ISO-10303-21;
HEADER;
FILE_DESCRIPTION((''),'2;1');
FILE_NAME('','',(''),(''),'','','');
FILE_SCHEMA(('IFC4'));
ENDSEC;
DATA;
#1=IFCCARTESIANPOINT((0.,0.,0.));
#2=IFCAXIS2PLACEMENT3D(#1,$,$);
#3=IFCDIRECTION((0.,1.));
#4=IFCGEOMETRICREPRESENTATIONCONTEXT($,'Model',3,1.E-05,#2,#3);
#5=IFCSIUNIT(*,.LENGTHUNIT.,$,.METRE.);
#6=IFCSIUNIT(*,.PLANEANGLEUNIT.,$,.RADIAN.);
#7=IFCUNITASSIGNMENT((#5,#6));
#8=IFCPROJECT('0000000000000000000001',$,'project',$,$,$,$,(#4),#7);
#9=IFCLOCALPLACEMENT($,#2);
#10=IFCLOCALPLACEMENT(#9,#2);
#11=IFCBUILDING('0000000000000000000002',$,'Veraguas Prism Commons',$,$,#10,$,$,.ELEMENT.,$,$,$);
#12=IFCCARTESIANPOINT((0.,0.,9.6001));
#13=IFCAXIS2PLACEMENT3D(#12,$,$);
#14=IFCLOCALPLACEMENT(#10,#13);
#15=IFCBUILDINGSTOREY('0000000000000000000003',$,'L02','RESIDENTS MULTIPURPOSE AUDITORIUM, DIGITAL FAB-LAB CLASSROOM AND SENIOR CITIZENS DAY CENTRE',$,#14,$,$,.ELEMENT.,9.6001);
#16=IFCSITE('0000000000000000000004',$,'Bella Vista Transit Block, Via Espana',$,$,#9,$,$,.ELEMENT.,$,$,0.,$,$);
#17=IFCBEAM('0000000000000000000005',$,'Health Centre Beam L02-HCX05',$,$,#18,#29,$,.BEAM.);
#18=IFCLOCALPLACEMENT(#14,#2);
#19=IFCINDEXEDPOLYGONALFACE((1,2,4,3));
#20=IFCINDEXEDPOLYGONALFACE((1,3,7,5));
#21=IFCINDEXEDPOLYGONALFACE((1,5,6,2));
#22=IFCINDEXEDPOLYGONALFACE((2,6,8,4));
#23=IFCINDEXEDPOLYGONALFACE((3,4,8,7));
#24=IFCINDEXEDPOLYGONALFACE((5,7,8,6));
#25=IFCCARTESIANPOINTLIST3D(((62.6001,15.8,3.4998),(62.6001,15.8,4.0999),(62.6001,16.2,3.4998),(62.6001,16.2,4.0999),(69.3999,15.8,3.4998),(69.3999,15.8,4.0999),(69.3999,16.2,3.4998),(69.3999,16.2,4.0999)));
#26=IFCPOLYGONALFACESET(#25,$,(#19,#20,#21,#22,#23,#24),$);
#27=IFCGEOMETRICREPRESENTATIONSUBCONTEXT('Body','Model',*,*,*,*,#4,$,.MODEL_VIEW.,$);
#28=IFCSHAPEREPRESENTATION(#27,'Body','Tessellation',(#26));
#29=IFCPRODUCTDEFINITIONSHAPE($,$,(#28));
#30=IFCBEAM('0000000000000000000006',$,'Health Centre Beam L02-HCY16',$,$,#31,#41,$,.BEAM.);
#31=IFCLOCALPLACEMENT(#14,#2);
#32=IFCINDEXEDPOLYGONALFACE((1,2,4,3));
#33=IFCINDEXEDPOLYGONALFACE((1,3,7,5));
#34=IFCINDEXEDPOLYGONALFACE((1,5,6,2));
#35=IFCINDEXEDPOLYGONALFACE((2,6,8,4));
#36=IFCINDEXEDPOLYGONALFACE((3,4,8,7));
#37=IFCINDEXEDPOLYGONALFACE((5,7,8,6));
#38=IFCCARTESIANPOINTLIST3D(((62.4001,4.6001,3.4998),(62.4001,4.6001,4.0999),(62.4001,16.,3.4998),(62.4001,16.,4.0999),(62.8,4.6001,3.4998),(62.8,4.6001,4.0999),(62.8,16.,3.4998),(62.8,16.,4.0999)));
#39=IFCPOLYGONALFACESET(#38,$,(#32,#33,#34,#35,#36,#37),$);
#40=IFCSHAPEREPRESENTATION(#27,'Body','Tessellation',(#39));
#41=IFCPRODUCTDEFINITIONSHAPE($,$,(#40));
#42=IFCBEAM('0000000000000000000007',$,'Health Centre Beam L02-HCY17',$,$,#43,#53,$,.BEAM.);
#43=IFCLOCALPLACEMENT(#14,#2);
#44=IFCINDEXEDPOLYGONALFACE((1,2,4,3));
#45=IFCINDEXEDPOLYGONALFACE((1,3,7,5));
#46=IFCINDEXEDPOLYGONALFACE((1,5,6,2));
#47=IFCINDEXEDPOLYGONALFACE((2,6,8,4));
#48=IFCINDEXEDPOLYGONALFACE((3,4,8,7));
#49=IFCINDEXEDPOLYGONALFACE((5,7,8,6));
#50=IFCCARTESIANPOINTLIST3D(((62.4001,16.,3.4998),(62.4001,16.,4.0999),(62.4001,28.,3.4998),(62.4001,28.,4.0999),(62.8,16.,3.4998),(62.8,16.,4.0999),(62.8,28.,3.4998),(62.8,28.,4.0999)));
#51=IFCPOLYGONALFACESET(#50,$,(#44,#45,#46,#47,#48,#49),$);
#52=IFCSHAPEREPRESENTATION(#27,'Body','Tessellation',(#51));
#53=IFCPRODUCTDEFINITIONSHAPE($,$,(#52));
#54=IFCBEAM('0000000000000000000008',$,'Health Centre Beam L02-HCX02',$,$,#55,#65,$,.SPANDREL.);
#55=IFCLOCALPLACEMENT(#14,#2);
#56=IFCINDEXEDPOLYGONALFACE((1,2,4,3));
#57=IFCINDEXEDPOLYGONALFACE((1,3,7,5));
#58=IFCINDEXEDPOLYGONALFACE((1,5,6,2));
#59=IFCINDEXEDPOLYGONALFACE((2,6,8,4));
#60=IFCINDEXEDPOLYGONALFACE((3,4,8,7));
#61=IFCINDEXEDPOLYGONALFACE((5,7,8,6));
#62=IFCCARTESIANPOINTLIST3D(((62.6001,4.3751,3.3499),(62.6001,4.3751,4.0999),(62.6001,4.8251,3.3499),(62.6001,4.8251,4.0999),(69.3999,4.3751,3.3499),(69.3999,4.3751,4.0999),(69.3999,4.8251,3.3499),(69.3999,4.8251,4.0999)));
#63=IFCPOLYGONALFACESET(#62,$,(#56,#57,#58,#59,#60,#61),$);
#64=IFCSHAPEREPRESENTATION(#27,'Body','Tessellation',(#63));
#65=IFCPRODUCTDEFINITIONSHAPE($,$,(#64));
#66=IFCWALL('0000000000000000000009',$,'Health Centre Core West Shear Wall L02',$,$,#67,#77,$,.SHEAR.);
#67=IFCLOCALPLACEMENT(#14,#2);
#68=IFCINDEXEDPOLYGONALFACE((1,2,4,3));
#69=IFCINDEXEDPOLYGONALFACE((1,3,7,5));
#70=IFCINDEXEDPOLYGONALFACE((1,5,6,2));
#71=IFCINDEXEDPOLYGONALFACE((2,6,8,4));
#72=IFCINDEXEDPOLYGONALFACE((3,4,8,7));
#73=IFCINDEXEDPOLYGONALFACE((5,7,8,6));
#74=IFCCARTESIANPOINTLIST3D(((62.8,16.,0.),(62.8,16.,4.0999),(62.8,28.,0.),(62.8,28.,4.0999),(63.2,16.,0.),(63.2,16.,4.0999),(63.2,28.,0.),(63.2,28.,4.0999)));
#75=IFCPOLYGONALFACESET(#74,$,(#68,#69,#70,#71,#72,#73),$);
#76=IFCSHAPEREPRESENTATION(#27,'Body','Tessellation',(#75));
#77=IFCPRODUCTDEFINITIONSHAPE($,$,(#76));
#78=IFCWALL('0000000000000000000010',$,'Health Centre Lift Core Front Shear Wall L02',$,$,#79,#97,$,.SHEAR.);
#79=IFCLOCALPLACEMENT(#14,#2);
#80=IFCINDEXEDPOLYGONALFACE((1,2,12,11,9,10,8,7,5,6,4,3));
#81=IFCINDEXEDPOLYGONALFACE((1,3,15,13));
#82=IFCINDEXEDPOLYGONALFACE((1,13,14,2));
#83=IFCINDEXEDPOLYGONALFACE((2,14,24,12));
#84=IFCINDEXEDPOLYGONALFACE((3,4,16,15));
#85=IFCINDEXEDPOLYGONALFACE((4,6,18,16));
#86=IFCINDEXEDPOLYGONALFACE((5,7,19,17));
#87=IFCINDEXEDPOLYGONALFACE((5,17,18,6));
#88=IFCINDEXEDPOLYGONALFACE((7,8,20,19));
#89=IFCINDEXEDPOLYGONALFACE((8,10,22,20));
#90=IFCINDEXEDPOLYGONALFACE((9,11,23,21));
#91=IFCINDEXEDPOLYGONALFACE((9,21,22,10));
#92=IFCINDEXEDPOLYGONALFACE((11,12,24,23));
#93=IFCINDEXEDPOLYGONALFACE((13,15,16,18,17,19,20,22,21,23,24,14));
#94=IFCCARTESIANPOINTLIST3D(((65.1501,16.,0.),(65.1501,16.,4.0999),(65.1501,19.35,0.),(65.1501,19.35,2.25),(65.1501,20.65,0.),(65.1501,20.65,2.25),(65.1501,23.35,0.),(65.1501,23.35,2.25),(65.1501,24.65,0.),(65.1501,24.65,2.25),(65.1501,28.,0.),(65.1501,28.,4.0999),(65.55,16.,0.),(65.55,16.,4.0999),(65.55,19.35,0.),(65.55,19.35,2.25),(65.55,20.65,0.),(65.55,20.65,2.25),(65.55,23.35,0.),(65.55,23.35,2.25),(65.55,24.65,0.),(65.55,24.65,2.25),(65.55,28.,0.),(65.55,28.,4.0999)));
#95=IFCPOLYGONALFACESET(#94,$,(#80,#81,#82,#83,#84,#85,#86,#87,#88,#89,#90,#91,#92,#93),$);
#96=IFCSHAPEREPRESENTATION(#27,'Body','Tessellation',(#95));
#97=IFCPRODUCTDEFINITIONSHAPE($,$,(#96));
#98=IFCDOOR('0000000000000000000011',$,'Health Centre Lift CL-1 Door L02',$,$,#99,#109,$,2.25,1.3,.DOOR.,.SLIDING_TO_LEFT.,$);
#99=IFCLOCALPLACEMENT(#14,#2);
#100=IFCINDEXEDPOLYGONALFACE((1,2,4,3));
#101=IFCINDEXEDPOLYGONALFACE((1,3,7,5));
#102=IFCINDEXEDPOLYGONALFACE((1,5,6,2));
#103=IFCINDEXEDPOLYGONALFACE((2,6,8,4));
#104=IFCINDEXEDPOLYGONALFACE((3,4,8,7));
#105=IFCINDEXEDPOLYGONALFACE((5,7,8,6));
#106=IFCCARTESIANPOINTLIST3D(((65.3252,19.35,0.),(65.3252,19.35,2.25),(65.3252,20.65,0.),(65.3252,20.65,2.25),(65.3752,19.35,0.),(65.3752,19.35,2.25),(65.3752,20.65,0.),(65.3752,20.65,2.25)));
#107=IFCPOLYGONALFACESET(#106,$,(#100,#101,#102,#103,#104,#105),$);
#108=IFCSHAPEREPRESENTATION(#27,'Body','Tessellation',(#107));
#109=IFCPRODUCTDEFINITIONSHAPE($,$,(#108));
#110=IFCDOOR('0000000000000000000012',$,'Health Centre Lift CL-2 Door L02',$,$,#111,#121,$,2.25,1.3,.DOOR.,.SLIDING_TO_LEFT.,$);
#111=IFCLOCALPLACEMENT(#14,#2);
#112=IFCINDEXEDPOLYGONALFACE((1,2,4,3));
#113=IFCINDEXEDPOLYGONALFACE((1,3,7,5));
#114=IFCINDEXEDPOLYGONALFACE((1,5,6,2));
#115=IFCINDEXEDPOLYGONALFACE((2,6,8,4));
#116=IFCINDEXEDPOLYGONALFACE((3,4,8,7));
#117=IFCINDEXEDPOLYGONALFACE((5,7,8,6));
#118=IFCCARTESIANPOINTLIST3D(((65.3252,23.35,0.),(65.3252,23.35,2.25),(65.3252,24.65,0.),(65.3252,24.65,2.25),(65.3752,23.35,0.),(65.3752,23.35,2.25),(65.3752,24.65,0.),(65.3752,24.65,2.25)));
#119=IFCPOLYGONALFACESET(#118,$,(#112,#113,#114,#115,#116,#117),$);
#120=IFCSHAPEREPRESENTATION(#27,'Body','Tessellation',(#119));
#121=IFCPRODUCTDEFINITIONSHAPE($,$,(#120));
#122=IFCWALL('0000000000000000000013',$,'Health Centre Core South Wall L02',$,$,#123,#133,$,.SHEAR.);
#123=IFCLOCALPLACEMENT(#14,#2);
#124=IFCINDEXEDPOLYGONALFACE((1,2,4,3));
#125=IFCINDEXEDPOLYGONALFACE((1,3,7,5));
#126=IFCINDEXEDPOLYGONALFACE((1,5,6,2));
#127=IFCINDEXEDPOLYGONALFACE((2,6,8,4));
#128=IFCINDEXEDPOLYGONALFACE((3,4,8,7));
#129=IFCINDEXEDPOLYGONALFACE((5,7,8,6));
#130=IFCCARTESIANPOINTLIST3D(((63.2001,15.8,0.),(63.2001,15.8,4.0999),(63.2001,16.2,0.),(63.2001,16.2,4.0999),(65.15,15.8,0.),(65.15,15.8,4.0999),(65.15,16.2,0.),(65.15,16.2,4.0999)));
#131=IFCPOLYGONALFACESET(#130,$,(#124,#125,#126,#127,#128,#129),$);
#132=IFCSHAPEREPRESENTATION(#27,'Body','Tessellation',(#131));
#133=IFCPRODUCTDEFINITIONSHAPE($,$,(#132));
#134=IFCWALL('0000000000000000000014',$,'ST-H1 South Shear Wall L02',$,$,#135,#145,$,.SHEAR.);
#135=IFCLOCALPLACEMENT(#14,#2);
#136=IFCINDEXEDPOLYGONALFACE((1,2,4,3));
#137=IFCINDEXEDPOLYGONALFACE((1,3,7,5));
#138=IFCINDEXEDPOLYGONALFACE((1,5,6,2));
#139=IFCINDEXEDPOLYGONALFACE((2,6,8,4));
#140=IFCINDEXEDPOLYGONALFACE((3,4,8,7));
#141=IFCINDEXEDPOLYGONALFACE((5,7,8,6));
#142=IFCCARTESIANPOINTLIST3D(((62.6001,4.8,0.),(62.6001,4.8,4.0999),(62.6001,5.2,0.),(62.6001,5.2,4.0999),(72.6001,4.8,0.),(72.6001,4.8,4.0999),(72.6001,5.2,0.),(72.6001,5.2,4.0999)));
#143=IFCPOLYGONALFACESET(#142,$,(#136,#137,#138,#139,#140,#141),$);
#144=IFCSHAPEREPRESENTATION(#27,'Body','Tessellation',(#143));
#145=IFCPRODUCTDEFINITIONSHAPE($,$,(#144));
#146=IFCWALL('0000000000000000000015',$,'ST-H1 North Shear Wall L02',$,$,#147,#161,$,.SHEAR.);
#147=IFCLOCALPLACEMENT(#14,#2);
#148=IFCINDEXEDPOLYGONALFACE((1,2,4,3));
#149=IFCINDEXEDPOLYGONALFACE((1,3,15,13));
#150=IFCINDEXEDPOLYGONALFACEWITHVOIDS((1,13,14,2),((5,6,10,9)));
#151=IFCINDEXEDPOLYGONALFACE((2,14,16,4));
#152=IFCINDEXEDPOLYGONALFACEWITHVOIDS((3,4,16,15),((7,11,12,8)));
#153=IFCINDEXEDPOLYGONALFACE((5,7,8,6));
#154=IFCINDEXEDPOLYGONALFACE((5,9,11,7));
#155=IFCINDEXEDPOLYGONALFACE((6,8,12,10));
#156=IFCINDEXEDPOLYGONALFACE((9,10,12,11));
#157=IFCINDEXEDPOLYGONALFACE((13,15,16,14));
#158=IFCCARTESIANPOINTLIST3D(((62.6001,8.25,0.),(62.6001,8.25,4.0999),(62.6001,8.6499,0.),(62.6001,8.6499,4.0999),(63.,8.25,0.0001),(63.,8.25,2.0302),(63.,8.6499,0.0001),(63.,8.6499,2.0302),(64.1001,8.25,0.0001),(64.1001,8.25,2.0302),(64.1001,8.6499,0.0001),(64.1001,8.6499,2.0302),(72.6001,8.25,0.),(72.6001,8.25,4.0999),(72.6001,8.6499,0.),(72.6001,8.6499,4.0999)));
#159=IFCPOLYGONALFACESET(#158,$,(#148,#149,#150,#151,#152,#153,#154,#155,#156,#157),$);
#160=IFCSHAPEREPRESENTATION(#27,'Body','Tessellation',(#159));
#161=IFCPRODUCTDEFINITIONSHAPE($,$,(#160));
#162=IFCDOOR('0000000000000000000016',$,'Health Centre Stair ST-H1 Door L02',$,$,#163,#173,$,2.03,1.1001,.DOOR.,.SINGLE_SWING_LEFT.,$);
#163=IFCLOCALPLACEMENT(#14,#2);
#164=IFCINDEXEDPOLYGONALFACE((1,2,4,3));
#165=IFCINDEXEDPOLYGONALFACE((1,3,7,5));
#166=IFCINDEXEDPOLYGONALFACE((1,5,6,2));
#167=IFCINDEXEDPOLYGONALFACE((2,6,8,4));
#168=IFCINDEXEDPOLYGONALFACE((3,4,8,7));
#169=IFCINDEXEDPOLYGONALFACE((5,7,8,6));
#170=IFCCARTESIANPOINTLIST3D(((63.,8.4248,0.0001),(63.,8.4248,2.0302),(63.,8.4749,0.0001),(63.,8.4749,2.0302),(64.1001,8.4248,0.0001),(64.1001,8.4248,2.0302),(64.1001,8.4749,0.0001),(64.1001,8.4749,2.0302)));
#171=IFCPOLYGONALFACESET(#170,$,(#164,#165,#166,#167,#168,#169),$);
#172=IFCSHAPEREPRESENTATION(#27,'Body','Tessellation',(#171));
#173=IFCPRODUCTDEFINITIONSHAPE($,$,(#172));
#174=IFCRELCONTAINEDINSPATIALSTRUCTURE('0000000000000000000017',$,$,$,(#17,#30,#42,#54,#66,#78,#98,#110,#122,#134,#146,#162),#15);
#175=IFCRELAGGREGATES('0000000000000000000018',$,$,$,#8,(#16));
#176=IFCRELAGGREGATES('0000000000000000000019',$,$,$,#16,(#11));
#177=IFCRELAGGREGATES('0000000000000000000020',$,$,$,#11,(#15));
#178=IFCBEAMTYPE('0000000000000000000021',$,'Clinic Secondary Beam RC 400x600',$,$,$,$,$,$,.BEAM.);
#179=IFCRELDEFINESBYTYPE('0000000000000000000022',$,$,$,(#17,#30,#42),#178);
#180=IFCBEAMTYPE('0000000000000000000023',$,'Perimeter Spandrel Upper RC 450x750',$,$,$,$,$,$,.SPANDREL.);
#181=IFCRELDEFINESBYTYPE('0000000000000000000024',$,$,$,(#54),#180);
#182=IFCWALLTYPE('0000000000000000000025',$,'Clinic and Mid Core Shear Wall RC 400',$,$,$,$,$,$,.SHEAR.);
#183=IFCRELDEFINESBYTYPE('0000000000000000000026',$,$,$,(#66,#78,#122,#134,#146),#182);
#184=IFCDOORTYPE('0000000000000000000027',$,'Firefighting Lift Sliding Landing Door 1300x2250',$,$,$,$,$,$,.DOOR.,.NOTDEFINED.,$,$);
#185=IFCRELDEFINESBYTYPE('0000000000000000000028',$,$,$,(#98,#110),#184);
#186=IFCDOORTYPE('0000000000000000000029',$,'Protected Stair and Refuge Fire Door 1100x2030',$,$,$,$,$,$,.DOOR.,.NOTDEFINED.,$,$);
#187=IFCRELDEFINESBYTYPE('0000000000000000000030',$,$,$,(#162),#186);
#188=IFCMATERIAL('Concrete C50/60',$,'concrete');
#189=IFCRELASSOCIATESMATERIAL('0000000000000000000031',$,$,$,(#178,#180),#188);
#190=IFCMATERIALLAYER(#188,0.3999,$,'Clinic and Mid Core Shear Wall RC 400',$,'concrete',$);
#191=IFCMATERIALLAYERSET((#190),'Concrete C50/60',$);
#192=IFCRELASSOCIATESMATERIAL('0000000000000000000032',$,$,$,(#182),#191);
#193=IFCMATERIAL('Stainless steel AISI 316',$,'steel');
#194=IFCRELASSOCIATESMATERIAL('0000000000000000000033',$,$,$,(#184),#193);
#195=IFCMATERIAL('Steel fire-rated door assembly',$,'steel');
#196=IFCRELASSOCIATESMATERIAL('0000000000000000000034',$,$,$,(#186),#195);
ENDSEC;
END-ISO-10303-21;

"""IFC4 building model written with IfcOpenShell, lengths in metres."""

from ifc_helpers import new_model, si_unit, direction, frame, frame_2d, origin, origin_2d, place, context, subcontext, project, spatial, rectangle, extrude, source, transform, mapped, material, layer, layer_set, material_profile, profile_set, type_object, element, fill, save


model = new_model("IFC4")

# Units and contexts
model_context = context("Model", 3, precision=1e-05, world=origin(), true_north=direction((0.0, 1.0)))
body_context = subcontext(model_context, "Body", "Model", "MODEL_VIEW")
ifc_project = project(units=[si_unit("LENGTHUNIT", "METRE"), si_unit("PLANEANGLEUNIT", "RADIAN")], contexts=[model_context])

# Site, building, storey
site_placement = place(None, origin())
site = spatial("IfcSite", under=ifc_project, at=site_placement, Name="Bella Vista Transit Block, Via Espana", CompositionType="ELEMENT", RefElevation=0.0)
building_placement = place(site_placement, origin())
building = spatial("IfcBuilding", under=site, at=building_placement, Name="Veraguas Prism Commons", CompositionType="ELEMENT")
storey_placement = place(building_placement, frame((0.0, 0.0, 9.6001)))
storey = spatial("IfcBuildingStorey", under=building, at=storey_placement, Name="L02", Description="RESIDENTS MULTIPURPOSE AUDITORIUM, DIGITAL FAB-LAB CLASSROOM AND SENIOR CITIZENS DAY CENTRE", CompositionType="ELEMENT", Elevation=9.6001)

# Beams
ifc_material_1 = material(Name="Concrete C50/60", Category="concrete")
ifc_material_profile_1 = material_profile(ifc_material_1, rectangle(XDim=0.3999, YDim=0.6001, at=origin_2d()), Name="RC400X600")
ifc_profile_set_1 = profile_set([ifc_material_profile_1], Name="Concrete C50/60")
beam_type_1 = type_object("IfcBeamType", Name="Clinic Secondary Beam RC 400x600", PredefinedType="BEAM", material=ifc_profile_set_1)
beam_1_placement = place(storey_placement, frame((62.6001, 16.0, 3.7998), z_axis=(1.0, 0.0, 0.0), x_axis=(0.0, 1.0, 0.0)))
element("IfcBeam", 1, at=beam_1_placement, inside=storey, type_object=beam_type_1, Name="Health Centre Beam L02-HCX05", PredefinedType="BEAM", context=body_context, shape_type="SweptSolid", body=[
    extrude(rectangle(XDim=0.3999, YDim=0.6001, at=origin_2d()), origin(), (0.0, 0.0, 1.0), 6.7998),
])
beam_2_placement = place(storey_placement, frame((62.6001, 4.6001, 3.7998), z_axis=(0.0, 1.0, 0.0), x_axis=(-1.0, 0.0, 0.0)))
element("IfcBeam", 2, at=beam_2_placement, inside=storey, type_object=beam_type_1, Name="Health Centre Beam L02-HCY16", PredefinedType="BEAM", context=body_context, shape_type="SweptSolid", body=[
    extrude(rectangle(XDim=0.3999, YDim=0.6001, at=origin_2d()), origin(), (0.0, 0.0, 1.0), 11.3999),
])
beam_3_placement = place(storey_placement, frame((62.6001, 16.0, 3.7998), z_axis=(0.0, 1.0, 0.0), x_axis=(-1.0, 0.0, 0.0)))
element("IfcBeam", 3, at=beam_3_placement, inside=storey, type_object=beam_type_1, Name="Health Centre Beam L02-HCY17", PredefinedType="BEAM", context=body_context, shape_type="SweptSolid", body=[
    extrude(rectangle(XDim=0.3999, YDim=0.6001, at=origin_2d()), origin(), (0.0, 0.0, 1.0), 12.0),
])
ifc_material_profile_2 = material_profile(ifc_material_1, rectangle(XDim=0.45, YDim=0.75, at=origin_2d()), Name="RC450X750")
ifc_profile_set_2 = profile_set([ifc_material_profile_2], Name="Concrete C50/60")
beam_type_2 = type_object("IfcBeamType", Name="Perimeter Spandrel Upper RC 450x750", PredefinedType="SPANDREL", material=ifc_profile_set_2)
beam_4_placement = place(storey_placement, frame((62.6001, 4.6001, 3.7249), z_axis=(1.0, 0.0, 0.0), x_axis=(0.0, 1.0, 0.0)))
element("IfcBeam", 4, at=beam_4_placement, inside=storey, type_object=beam_type_2, Name="Health Centre Beam L02-HCX02", PredefinedType="SPANDREL", context=body_context, shape_type="SweptSolid", body=[
    extrude(rectangle(XDim=0.45, YDim=0.75, at=origin_2d()), origin(), (0.0, 0.0, 1.0), 6.7998),
])

# Wall
ifc_layer_1 = layer(ifc_material_1, 0.3999, Name="Clinic and Mid Core Shear Wall RC 400", Category="concrete")
ifc_layer_set_1 = layer_set([ifc_layer_1], Name="Concrete C50/60")
wall_type_1 = type_object("IfcWallType", Name="Clinic and Mid Core Shear Wall RC 400", PredefinedType="SHEAR", material=ifc_layer_set_1)
wall_1_placement = place(storey_placement, frame((63.0, 16.0, 0.0), z_axis=(0.0, 0.0, 1.0), x_axis=(0.0, 1.0, 0.0)))
element("IfcWall", 5, at=wall_1_placement, inside=storey, type_object=wall_type_1, Name="Health Centre Core West Shear Wall L02", PredefinedType="SHEAR", context=body_context, shape_type="SweptSolid", body=[
    extrude(rectangle(XDim=12.0, YDim=0.3999, at=frame_2d((6.0, 0.0))), origin(), (0.0, 0.0, 1.0), 4.0999),
])

# Wall, openings, doors
wall_2_placement = place(storey_placement, frame((65.3501, 16.0, 0.0), z_axis=(0.0, 0.0, 1.0), x_axis=(0.0, 1.0, 0.0)))
wall_2 = element("IfcWall", 6, at=wall_2_placement, inside=storey, type_object=wall_type_1, Name="Health Centre Lift Core Front Shear Wall L02", PredefinedType="SHEAR", context=body_context, shape_type="SweptSolid", body=[
    extrude(rectangle(XDim=12.0, YDim=0.3999, at=frame_2d((6.0, 0.0))), origin(), (0.0, 0.0, 1.0), 4.0999),
])
opening_1_placement = place(wall_2_placement, frame((3.3501, 0.0, 0.0)))
opening_1 = element("IfcOpeningElement", 7, at=opening_1_placement, cuts=wall_2, PredefinedType="OPENING", context=body_context, shape_type="SweptSolid", body=[
    extrude(rectangle(XDim=1.3, YDim=2.25, at=frame_2d((0.6499, 1.125))), frame((0.0, 0.21, 0.0), z_axis=(0.0, -1.0, 0.0), x_axis=(1.0, 0.0, 0.0)), (0.0, 0.0, 1.0), 0.4199),
])
opening_2_placement = place(wall_2_placement, frame((7.3501, 0.0, 0.0)))
opening_2 = element("IfcOpeningElement", 8, at=opening_2_placement, cuts=wall_2, PredefinedType="OPENING", context=body_context, shape_type="SweptSolid", body=[
    extrude(rectangle(XDim=1.3, YDim=2.25, at=frame_2d((0.6499, 1.125))), frame((0.0, 0.21, 0.0), z_axis=(0.0, -1.0, 0.0), x_axis=(1.0, 0.0, 0.0)), (0.0, 0.0, 1.0), 0.4199),
])
ifc_material_2 = material(Name="Stainless steel AISI 316", Category="steel")
door_type_1 = type_object("IfcDoorType", Name="Firefighting Lift Sliding Landing Door 1300x2250", OperationType="NOTDEFINED", PredefinedType="DOOR", material=ifc_material_2)
shared_shape_1 = source(origin(), body_context, "Body", "SweptSolid", [
    extrude(rectangle(XDim=1.3, YDim=2.25, at=frame_2d((0.6499, 1.125))), frame((0.0, 0.0249, 0.0), z_axis=(0.0, -1.0, 0.0), x_axis=(1.0, 0.0, 0.0)), (0.0, 0.0, 1.0), 0.05),
])
door_1_placement = place(opening_1_placement, origin())
door_1 = element("IfcDoor", 9, at=door_1_placement, inside=storey, type_object=door_type_1, Name="Health Centre Lift CL-1 Door L02", OperationType="SLIDING_TO_LEFT", OverallHeight=2.25, OverallWidth=1.3, PredefinedType="DOOR", context=body_context, shape_type="MappedRepresentation", body=[
    mapped(shared_shape_1, transform((0.0, 0.0, 0.0), scale=1.0)),
])
fill(opening_1, door_1)
door_2_placement = place(opening_2_placement, origin())
door_2 = element("IfcDoor", 10, at=door_2_placement, inside=storey, type_object=door_type_1, Name="Health Centre Lift CL-2 Door L02", OperationType="SLIDING_TO_LEFT", OverallHeight=2.25, OverallWidth=1.3, PredefinedType="DOOR", context=body_context, shape_type="MappedRepresentation", body=[
    mapped(shared_shape_1, transform((0.0, 0.0, 0.0), scale=1.0)),
])
fill(opening_2, door_2)

# Walls
wall_3_placement = place(storey_placement, frame((63.2, 16.0, 0.0), z_axis=(0.0, 0.0, 1.0), x_axis=(1.0, 0.0, 0.0)))
element("IfcWall", 11, at=wall_3_placement, inside=storey, type_object=wall_type_1, Name="Health Centre Core South Wall L02", PredefinedType="SHEAR", context=body_context, shape_type="SweptSolid", body=[
    extrude(rectangle(XDim=1.95, YDim=0.3999, at=frame_2d((0.9751, 0.0))), origin(), (0.0, 0.0, 1.0), 4.0999),
])
wall_4_placement = place(storey_placement, frame((62.6001, 5.0, 0.0), z_axis=(0.0, 0.0, 1.0), x_axis=(1.0, 0.0, 0.0)))
element("IfcWall", 12, at=wall_4_placement, inside=storey, type_object=wall_type_1, Name="ST-H1 South Shear Wall L02", PredefinedType="SHEAR", context=body_context, shape_type="SweptSolid", body=[
    extrude(rectangle(XDim=10.0, YDim=0.3999, at=frame_2d((5.0, 0.0))), origin(), (0.0, 0.0, 1.0), 4.0999),
])

# Wall, opening, door
wall_5_placement = place(storey_placement, frame((62.6001, 8.45, 0.0), z_axis=(0.0, 0.0, 1.0), x_axis=(1.0, 0.0, 0.0)))
wall_5 = element("IfcWall", 13, at=wall_5_placement, inside=storey, type_object=wall_type_1, Name="ST-H1 North Shear Wall L02", PredefinedType="SHEAR", context=body_context, shape_type="SweptSolid", body=[
    extrude(rectangle(XDim=10.0, YDim=0.3999, at=frame_2d((5.0, 0.0))), origin(), (0.0, 0.0, 1.0), 4.0999),
])
opening_3_placement = place(wall_5_placement, frame((0.3999, 0.0, 0.0)))
opening_3 = element("IfcOpeningElement", 14, at=opening_3_placement, cuts=wall_5, PredefinedType="OPENING", context=body_context, shape_type="SweptSolid", body=[
    extrude(rectangle(XDim=1.1001, YDim=2.03, at=frame_2d((0.55, 1.0151))), frame((0.0, 0.21, 0.0), z_axis=(0.0, -1.0, 0.0), x_axis=(1.0, 0.0, 0.0)), (0.0, 0.0, 1.0), 0.4199),
])
ifc_material_3 = material(Name="Steel fire-rated door assembly", Category="steel")
door_type_2 = type_object("IfcDoorType", Name="Protected Stair and Refuge Fire Door 1100x2030", OperationType="NOTDEFINED", PredefinedType="DOOR", material=ifc_material_3)
shared_shape_2 = source(origin(), body_context, "Body", "SweptSolid", [
    extrude(rectangle(XDim=1.1001, YDim=2.03, at=frame_2d((0.55, 1.0151))), frame((0.0, 0.0249, 0.0), z_axis=(0.0, -1.0, 0.0), x_axis=(1.0, 0.0, 0.0)), (0.0, 0.0, 1.0), 0.05),
])
door_3_placement = place(opening_3_placement, origin())
door_3 = element("IfcDoor", 15, at=door_3_placement, inside=storey, type_object=door_type_2, Name="Health Centre Stair ST-H1 Door L02", OperationType="SINGLE_SWING_LEFT", OverallHeight=2.03, OverallWidth=1.1001, PredefinedType="DOOR", context=body_context, shape_type="MappedRepresentation", body=[
    mapped(shared_shape_2, transform((0.0, 0.0, 0.0), scale=1.0)),
])
fill(opening_3, door_3)

save(model, "model.ifc")
